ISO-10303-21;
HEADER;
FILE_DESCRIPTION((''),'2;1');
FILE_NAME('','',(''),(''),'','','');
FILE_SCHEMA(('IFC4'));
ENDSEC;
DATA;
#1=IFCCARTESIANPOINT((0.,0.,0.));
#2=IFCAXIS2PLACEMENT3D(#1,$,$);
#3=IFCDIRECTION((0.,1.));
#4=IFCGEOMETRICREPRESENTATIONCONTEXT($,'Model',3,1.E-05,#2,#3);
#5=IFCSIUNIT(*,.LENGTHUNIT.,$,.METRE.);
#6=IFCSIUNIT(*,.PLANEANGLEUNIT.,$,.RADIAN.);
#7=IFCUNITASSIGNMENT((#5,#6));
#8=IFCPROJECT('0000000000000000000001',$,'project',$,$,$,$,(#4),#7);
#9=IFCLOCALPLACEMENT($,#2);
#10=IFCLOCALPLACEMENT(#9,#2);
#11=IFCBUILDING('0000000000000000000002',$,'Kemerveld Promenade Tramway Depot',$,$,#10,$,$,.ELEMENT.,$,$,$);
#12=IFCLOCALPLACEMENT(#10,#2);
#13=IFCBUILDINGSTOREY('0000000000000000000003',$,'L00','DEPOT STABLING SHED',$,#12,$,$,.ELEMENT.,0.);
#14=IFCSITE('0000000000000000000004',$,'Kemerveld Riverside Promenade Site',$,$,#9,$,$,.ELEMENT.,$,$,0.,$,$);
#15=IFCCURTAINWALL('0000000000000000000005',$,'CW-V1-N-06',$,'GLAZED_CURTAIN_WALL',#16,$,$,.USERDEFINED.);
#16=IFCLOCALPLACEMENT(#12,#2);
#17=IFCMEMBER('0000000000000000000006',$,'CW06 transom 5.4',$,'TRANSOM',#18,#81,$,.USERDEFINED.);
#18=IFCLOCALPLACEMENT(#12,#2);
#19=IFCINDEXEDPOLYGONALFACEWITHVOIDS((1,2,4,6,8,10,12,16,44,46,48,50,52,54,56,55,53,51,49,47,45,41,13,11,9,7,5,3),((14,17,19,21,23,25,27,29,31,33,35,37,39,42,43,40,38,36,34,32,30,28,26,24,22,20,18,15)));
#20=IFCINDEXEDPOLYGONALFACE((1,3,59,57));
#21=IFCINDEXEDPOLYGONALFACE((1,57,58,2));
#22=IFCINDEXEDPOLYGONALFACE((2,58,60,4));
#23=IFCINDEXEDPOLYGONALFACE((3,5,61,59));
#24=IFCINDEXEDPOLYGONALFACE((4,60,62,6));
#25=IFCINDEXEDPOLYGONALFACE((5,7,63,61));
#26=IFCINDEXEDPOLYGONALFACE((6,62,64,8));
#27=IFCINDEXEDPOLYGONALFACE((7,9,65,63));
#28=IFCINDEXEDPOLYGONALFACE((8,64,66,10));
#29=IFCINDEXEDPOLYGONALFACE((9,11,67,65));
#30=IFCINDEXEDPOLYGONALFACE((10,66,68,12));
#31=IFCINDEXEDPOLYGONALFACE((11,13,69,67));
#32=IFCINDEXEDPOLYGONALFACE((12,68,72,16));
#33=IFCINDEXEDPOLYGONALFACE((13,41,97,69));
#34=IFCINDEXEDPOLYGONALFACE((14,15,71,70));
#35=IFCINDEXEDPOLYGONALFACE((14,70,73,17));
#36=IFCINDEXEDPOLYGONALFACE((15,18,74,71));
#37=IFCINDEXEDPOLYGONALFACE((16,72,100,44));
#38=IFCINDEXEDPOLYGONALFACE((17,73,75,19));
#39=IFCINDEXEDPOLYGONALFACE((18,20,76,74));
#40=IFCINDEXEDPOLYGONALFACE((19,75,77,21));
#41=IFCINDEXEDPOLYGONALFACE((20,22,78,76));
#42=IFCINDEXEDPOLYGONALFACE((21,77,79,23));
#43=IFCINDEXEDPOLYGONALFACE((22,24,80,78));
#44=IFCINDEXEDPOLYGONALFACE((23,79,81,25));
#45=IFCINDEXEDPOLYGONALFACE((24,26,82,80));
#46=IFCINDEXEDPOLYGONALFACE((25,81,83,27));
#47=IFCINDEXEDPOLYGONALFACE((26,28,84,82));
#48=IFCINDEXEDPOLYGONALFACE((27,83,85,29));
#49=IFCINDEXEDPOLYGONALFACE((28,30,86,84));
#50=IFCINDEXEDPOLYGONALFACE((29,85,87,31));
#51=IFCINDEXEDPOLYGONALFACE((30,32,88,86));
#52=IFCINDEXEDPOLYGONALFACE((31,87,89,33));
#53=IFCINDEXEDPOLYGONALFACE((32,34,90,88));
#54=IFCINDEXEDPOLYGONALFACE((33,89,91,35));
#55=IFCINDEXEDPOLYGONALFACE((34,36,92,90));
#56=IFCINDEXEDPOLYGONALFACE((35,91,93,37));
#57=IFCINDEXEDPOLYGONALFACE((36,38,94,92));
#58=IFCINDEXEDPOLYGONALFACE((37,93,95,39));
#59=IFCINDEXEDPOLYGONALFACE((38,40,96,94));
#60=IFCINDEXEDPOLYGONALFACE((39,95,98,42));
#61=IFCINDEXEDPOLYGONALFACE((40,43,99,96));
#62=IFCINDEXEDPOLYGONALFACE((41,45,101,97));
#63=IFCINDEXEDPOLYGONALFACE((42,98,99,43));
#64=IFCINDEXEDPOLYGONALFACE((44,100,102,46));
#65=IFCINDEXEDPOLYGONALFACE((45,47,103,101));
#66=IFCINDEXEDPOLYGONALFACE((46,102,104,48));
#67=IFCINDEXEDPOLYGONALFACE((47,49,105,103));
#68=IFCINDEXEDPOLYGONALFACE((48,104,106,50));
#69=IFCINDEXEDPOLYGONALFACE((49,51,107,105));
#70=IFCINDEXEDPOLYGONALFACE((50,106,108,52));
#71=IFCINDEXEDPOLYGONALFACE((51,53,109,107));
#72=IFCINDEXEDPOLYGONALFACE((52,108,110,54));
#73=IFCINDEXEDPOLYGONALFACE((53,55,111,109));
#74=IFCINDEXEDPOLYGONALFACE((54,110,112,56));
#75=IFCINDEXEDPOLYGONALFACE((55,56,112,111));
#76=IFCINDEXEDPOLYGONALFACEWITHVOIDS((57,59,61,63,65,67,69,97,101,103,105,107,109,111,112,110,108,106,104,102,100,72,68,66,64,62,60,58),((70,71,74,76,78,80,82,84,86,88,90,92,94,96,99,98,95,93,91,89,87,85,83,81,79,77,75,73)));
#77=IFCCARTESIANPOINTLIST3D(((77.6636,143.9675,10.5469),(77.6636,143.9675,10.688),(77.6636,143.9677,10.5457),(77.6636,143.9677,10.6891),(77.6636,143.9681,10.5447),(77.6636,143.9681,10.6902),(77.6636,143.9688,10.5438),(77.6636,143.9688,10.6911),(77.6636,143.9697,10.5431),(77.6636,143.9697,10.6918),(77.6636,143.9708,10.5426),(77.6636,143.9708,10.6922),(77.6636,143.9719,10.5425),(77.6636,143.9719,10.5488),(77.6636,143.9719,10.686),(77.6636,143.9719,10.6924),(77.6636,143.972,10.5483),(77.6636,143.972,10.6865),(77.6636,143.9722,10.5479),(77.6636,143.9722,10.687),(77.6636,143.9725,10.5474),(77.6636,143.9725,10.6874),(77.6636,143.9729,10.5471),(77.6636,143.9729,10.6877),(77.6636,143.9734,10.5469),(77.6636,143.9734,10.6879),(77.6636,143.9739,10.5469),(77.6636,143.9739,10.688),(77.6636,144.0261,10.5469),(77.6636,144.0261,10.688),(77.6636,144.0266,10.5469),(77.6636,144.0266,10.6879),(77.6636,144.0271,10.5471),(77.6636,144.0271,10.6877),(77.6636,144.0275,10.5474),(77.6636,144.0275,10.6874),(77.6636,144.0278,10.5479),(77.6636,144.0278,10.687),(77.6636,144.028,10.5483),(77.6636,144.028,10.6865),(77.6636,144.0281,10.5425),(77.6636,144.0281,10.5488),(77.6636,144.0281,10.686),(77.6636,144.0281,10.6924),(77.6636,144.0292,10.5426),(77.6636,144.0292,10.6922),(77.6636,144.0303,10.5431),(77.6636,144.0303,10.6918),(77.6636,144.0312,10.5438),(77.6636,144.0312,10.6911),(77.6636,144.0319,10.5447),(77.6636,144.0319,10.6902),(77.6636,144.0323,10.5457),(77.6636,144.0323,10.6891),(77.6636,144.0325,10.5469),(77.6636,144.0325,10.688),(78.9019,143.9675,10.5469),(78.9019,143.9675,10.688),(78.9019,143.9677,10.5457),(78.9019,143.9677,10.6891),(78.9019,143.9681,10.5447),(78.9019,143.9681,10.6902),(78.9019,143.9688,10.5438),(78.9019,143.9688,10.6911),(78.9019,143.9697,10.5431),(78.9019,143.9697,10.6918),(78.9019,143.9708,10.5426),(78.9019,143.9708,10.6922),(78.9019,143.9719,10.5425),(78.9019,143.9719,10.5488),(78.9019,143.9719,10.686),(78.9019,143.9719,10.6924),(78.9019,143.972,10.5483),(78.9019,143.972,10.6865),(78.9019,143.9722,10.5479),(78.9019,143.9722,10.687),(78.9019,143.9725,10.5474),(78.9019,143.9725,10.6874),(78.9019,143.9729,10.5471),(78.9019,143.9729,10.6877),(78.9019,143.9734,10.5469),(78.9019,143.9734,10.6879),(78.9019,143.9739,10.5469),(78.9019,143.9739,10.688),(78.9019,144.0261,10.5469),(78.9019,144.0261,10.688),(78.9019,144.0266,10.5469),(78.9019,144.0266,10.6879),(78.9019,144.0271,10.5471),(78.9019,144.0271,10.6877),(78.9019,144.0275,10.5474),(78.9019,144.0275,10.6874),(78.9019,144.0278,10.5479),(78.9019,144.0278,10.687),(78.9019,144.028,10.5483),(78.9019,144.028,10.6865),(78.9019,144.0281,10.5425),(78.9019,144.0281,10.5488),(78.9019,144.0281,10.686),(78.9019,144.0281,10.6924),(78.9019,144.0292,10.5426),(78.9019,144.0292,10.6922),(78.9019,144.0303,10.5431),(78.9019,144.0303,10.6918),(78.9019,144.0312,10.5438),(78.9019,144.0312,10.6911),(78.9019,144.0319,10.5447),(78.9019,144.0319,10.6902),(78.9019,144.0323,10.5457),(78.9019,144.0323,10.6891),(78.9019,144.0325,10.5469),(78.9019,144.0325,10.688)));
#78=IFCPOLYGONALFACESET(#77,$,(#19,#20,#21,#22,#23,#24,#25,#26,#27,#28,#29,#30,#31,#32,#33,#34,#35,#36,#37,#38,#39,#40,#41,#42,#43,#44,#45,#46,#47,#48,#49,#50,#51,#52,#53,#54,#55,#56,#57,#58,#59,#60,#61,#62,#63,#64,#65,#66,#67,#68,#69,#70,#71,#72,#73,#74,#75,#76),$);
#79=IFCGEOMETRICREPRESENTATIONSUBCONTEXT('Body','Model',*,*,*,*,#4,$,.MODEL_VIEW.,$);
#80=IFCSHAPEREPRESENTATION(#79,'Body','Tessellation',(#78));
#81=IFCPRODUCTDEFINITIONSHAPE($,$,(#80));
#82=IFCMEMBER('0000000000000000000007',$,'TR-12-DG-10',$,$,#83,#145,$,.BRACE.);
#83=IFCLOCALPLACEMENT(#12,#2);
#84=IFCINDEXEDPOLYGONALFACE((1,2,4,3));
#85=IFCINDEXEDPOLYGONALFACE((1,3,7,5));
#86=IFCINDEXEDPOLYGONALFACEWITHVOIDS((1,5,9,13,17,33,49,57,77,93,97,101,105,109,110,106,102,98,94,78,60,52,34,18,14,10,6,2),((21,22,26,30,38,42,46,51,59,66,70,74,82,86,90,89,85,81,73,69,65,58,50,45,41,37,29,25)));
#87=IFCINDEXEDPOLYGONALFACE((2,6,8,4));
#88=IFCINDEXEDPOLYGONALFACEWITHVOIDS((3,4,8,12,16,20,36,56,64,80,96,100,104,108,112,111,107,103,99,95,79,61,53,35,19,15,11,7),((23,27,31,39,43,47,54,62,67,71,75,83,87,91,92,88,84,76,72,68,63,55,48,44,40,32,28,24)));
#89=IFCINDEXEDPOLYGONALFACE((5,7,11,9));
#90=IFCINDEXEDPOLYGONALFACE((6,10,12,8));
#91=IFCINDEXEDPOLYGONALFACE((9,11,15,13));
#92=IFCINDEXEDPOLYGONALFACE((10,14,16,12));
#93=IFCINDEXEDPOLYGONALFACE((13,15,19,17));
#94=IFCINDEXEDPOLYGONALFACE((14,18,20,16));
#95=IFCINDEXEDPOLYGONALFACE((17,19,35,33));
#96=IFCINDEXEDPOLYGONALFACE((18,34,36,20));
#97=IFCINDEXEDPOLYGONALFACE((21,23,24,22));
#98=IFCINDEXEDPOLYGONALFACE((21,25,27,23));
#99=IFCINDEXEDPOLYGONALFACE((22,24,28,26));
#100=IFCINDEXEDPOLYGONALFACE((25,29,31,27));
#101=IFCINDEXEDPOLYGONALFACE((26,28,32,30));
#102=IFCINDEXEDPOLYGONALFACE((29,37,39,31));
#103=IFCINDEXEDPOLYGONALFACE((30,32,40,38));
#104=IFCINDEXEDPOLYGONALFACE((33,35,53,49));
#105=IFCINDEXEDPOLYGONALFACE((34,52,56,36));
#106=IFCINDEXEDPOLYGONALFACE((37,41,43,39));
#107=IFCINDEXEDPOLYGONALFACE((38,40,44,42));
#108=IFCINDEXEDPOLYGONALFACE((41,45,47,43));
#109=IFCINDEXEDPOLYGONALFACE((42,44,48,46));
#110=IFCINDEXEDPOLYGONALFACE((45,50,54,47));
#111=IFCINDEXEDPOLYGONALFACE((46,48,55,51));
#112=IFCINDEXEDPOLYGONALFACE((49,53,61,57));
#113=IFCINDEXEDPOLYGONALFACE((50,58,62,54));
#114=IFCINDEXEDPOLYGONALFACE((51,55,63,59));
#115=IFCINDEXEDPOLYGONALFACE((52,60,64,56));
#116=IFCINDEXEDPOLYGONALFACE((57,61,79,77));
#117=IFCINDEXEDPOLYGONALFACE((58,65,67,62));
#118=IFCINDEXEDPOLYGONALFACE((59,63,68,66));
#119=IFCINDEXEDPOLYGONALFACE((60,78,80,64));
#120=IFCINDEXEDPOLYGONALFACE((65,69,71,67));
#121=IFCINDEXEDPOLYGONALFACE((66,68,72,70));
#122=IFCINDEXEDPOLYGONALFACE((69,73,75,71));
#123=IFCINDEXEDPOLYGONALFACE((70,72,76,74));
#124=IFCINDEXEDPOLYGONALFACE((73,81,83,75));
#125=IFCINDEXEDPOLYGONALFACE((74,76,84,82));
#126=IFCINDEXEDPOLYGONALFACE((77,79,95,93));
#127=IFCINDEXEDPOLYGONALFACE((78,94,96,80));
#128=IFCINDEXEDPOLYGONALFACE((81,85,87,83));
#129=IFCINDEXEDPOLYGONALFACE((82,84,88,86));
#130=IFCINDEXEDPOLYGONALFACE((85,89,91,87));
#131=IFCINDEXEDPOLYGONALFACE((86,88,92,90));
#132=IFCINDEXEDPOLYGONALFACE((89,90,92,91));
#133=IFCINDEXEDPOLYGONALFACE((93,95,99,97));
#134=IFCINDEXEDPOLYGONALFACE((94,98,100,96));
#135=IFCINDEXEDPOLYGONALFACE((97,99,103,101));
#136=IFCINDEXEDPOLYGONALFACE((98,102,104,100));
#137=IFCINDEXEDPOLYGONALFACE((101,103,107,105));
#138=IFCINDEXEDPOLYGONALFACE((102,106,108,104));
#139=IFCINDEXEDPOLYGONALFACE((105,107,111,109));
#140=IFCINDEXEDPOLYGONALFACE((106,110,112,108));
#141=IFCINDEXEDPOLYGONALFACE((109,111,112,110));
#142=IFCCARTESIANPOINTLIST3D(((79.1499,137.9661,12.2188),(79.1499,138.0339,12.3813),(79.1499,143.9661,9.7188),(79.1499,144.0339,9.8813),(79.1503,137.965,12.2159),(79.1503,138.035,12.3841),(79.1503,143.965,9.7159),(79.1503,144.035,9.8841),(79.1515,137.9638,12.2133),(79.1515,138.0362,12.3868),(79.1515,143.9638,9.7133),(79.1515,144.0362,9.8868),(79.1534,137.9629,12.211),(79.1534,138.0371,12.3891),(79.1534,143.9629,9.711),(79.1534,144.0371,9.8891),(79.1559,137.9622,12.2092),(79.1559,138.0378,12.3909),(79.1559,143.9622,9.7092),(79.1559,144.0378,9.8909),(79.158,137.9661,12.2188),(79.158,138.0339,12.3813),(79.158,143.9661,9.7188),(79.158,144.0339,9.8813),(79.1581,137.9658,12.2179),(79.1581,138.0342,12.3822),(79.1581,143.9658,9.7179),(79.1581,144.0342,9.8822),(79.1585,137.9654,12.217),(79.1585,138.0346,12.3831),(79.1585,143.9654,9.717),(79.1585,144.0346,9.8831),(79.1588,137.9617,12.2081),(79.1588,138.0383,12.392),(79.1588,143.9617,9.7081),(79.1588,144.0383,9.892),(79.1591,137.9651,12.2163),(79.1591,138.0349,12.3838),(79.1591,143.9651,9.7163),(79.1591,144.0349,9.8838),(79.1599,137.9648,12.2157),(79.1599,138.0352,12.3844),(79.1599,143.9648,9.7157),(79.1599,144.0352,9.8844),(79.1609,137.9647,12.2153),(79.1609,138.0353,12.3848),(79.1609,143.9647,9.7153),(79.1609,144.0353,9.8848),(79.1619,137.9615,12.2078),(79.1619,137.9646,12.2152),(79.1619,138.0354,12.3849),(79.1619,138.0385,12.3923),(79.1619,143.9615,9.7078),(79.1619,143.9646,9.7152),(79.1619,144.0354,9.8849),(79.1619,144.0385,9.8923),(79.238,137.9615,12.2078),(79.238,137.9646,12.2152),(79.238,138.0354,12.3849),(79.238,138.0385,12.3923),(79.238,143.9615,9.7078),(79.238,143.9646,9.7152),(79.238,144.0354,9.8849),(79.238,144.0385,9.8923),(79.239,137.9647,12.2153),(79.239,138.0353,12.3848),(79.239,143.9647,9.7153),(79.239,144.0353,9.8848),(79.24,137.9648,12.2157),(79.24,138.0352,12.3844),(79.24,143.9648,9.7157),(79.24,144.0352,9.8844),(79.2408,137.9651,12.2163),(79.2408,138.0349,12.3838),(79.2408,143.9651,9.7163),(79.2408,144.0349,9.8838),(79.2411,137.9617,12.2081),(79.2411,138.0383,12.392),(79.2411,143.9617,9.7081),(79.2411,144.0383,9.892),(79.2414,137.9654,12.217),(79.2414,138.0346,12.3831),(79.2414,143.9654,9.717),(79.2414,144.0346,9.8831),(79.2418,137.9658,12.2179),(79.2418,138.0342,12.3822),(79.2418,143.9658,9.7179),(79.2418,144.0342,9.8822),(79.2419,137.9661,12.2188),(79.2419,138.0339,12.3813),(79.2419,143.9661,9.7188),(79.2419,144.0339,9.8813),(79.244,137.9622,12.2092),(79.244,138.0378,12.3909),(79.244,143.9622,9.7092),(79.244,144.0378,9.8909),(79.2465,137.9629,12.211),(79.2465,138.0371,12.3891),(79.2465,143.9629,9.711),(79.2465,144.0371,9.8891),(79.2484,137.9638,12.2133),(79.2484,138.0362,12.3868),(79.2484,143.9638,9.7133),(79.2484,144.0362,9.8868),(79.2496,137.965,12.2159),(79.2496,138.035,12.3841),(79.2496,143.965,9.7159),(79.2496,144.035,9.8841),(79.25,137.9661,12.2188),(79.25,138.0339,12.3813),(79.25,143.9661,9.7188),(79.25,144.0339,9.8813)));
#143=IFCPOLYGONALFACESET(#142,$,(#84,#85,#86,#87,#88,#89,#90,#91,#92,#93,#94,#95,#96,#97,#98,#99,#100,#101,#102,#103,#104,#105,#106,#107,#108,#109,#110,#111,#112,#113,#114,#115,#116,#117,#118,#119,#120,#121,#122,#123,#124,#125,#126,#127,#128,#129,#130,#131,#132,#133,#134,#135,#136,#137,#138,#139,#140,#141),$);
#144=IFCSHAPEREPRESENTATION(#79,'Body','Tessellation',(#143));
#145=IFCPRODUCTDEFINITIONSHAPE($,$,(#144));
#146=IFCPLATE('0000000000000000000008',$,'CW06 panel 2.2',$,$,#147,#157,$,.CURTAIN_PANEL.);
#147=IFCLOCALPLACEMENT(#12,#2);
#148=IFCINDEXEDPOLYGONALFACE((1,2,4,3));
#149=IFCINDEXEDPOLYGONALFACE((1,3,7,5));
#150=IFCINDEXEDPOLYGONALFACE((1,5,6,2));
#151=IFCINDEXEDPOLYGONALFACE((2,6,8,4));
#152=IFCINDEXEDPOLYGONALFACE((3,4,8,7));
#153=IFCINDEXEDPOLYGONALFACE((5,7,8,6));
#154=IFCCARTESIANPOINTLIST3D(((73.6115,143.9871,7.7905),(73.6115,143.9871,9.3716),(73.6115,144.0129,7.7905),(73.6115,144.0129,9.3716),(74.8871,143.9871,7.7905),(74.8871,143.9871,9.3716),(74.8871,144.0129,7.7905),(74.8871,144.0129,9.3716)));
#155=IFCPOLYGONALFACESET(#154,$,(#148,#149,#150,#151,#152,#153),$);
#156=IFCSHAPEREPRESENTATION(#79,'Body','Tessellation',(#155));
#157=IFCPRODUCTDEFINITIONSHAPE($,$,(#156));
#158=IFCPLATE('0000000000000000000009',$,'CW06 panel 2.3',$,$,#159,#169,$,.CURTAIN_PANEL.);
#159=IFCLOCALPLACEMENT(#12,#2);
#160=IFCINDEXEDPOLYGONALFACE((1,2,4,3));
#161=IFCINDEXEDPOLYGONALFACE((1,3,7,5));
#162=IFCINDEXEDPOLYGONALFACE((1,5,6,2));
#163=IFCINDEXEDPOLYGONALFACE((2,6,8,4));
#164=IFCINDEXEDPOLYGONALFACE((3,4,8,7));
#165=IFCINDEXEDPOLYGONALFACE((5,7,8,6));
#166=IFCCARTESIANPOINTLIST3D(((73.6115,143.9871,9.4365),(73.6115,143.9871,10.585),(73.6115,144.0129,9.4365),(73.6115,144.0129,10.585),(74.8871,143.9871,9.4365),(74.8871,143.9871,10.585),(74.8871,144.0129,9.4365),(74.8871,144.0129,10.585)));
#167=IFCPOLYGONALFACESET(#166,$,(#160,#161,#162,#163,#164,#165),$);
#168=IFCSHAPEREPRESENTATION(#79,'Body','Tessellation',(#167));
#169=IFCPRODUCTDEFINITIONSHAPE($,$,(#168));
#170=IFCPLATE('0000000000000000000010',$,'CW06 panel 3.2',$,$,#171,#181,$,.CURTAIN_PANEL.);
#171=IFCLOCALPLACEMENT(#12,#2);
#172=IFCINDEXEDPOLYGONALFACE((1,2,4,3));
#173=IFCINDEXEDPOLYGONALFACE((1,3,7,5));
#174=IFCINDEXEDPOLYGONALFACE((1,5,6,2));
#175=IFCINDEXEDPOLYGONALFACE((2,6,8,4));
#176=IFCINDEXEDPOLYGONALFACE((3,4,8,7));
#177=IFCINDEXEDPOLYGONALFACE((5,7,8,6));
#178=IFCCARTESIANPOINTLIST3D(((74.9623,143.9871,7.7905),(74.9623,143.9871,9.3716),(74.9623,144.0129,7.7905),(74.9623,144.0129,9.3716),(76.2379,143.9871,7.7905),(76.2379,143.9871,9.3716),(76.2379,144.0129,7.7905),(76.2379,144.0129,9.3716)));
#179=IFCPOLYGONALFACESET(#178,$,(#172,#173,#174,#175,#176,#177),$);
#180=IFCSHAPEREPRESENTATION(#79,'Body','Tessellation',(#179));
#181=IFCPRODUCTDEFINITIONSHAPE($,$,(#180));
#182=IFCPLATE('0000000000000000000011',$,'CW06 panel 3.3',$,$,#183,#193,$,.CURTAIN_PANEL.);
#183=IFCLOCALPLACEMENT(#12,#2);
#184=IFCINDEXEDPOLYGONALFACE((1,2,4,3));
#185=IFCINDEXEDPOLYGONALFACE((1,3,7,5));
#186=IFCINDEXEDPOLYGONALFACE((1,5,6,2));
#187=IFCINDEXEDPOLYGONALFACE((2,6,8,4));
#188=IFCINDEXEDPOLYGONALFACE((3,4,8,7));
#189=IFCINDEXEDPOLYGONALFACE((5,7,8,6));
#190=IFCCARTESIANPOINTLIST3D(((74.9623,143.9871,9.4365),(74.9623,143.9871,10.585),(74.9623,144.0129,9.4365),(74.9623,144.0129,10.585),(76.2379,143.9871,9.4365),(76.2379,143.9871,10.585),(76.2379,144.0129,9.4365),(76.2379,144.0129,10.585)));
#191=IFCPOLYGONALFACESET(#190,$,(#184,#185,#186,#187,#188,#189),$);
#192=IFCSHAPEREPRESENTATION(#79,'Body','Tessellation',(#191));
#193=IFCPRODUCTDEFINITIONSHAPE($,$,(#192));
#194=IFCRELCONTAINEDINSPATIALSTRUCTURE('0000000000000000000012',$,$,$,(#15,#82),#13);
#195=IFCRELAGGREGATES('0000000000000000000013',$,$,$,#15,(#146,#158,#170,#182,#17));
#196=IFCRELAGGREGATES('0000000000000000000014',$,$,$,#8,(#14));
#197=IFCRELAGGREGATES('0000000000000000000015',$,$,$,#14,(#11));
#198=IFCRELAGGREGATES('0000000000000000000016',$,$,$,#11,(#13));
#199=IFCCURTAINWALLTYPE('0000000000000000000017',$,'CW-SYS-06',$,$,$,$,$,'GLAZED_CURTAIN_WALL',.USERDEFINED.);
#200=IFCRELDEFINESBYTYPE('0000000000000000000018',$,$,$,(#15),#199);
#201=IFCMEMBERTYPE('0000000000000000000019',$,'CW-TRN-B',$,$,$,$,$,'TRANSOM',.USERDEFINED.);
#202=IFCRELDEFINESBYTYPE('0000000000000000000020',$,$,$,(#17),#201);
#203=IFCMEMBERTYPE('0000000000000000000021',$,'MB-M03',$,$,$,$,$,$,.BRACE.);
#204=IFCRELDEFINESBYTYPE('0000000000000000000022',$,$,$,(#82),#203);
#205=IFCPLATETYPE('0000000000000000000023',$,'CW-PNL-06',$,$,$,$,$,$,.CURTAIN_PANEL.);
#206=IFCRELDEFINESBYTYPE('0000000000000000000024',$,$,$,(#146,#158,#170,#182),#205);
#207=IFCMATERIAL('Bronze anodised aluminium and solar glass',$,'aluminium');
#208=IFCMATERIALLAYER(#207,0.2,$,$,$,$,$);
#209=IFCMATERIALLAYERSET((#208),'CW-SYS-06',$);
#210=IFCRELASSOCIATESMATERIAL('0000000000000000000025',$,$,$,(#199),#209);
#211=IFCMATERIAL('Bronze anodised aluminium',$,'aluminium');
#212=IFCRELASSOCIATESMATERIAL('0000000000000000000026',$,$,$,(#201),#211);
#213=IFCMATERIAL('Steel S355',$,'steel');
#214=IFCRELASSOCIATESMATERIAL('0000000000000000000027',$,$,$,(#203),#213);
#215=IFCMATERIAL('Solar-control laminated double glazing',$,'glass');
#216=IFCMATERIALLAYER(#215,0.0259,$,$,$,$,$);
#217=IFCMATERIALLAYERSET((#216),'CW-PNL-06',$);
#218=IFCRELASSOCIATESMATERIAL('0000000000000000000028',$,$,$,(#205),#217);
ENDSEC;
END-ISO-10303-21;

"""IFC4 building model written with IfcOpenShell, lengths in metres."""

from ifc_helpers import new_model, si_unit, direction, frame, origin, origin_2d, place, context, subcontext, project, spatial, rectangle, hollow_rectangle, extrude, material, layer, layer_set, material_profile, profile_set, type_object, element, aggregate, save


model = new_model("IFC4")

# Units and contexts
model_context = context("Model", 3, precision=1e-05, world=origin(), true_north=direction((0.0, 1.0)))
body_context = subcontext(model_context, "Body", "Model", "MODEL_VIEW")
ifc_project = project(units=[si_unit("LENGTHUNIT", "METRE"), si_unit("PLANEANGLEUNIT", "RADIAN")], contexts=[model_context])

# Site, building, storey
site_placement = place(None, origin())
site = spatial("IfcSite", under=ifc_project, at=site_placement, Name="Kemerveld Riverside Promenade Site", CompositionType="ELEMENT", RefElevation=0.0)
building_placement = place(site_placement, origin())
building = spatial("IfcBuilding", under=site, at=building_placement, Name="Kemerveld Promenade Tramway Depot", CompositionType="ELEMENT")
storey_placement = place(building_placement, origin())
storey = spatial("IfcBuildingStorey", under=building, at=storey_placement, Name="L00", Description="DEPOT STABLING SHED", CompositionType="ELEMENT", Elevation=0.0)

# Shared definitions
ifc_material_1 = material(Name="Steel S355", Category="steel")

# Curtain wall, member
ifc_material_2 = material(Name="Bronze anodised aluminium and solar glass", Category="aluminium")
ifc_material_3 = material(Name="Bronze anodised aluminium", Category="aluminium")
ifc_layer_1 = layer(ifc_material_2, 0.2)
ifc_layer_set_1 = layer_set([ifc_layer_1], Name="CW-SYS-06")
curtain_wall_type_1 = type_object("IfcCurtainWallType", Name="CW-SYS-06", ElementType="GLAZED_CURTAIN_WALL", PredefinedType="USERDEFINED", material=ifc_layer_set_1)
curtain_wall_1_placement = place(storey_placement, origin())
curtain_wall_1 = element("IfcCurtainWall", 1, at=curtain_wall_1_placement, inside=storey, type_object=curtain_wall_type_1, Name="CW-V1-N-06", ObjectType="GLAZED_CURTAIN_WALL", PredefinedType="USERDEFINED")
ifc_material_profile_1 = material_profile(ifc_material_3, hollow_rectangle(XDim=0.0649, YDim=0.1499, WallThickness=0.0044, InnerFilletRadius=0.002, OuterFilletRadius=0.0044, at=origin_2d()), Name="CW-TRN-150x65")
ifc_profile_set_1 = profile_set([ifc_material_profile_1], Name="Bronze anodised aluminium")
member_type_1 = type_object("IfcMemberType", Name="CW-TRN-B", ElementType="TRANSOM", PredefinedType="USERDEFINED", material=ifc_profile_set_1)
member_1_placement = place(storey_placement, frame((77.6636, 144.0, 10.6174), z_axis=(1.0, 0.0, 0.0), x_axis=(0.0, 1.0, 0.0)))
member_1 = element("IfcMember", 2, at=member_1_placement, type_object=member_type_1, Name="CW06 transom 5.4", ObjectType="TRANSOM", PredefinedType="USERDEFINED", context=body_context, shape_type="SweptSolid", body=[
    extrude(hollow_rectangle(XDim=0.0649, YDim=0.1499, WallThickness=0.0044, InnerFilletRadius=0.002, OuterFilletRadius=0.0044, at=origin_2d()), origin(), (0.0, 0.0, 1.0), 1.2383),
])

# Member
ifc_material_profile_2 = material_profile(ifc_material_1, hollow_rectangle(XDim=0.1001, YDim=0.2, WallThickness=0.0081, InnerFilletRadius=0.0039, OuterFilletRadius=0.012, at=origin_2d()), Name="200x100x8.0 RHS")
ifc_profile_set_2 = profile_set([ifc_material_profile_2], Name="Steel S355")
member_type_2 = type_object("IfcMemberType", Name="MB-M03", PredefinedType="BRACE", material=ifc_profile_set_2)
member_2_placement = place(storey_placement, frame((79.2, 144.0, 9.8), z_axis=(0.0, -0.923077, 0.384615), x_axis=(1.0, 0.0, 0.0)))
element("IfcMember", 3, at=member_2_placement, inside=storey, type_object=member_type_2, Name="TR-12-DG-10", PredefinedType="BRACE", context=body_context, shape_type="SweptSolid", body=[
    extrude(hollow_rectangle(XDim=0.1001, YDim=0.2, WallThickness=0.0081, InnerFilletRadius=0.0039, OuterFilletRadius=0.012, at=origin_2d()), origin(), (0.0, 0.0, 1.0), 6.5),
])

# Plates
ifc_material_4 = material(Name="Solar-control laminated double glazing", Category="glass")
ifc_layer_2 = layer(ifc_material_4, 0.0259)
ifc_layer_set_2 = layer_set([ifc_layer_2], Name="CW-PNL-06")
plate_type_1 = type_object("IfcPlateType", Name="CW-PNL-06", PredefinedType="CURTAIN_PANEL", material=ifc_layer_set_2)
plate_1_placement = place(storey_placement, frame((74.2493, 144.0, 7.7905), z_axis=(0.0, 0.0, 1.0), x_axis=(1.0, 0.0, 0.0)))
plate_1 = element("IfcPlate", 4, at=plate_1_placement, type_object=plate_type_1, Name="CW06 panel 2.2", PredefinedType="CURTAIN_PANEL", context=body_context, shape_type="SweptSolid", body=[
    extrude(rectangle(XDim=1.2756, YDim=0.0259, at=origin_2d()), origin(), (0.0, 0.0, 1.0), 1.5811),
])
plate_2_placement = place(storey_placement, frame((74.2493, 144.0, 9.4365), z_axis=(0.0, 0.0, 1.0), x_axis=(1.0, 0.0, 0.0)))
plate_2 = element("IfcPlate", 5, at=plate_2_placement, type_object=plate_type_1, Name="CW06 panel 2.3", PredefinedType="CURTAIN_PANEL", context=body_context, shape_type="SweptSolid", body=[
    extrude(rectangle(XDim=1.2756, YDim=0.0259, at=origin_2d()), origin(), (0.0, 0.0, 1.0), 1.1484),
])
plate_3_placement = place(storey_placement, frame((75.6001, 144.0, 7.7905), z_axis=(0.0, 0.0, 1.0), x_axis=(1.0, 0.0, 0.0)))
plate_3 = element("IfcPlate", 6, at=plate_3_placement, type_object=plate_type_1, Name="CW06 panel 3.2", PredefinedType="CURTAIN_PANEL", context=body_context, shape_type="SweptSolid", body=[
    extrude(rectangle(XDim=1.2756, YDim=0.0259, at=origin_2d()), origin(), (0.0, 0.0, 1.0), 1.5811),
])
plate_4_placement = place(storey_placement, frame((75.6001, 144.0, 9.4365), z_axis=(0.0, 0.0, 1.0), x_axis=(1.0, 0.0, 0.0)))
plate_4 = element("IfcPlate", 7, at=plate_4_placement, type_object=plate_type_1, Name="CW06 panel 3.3", PredefinedType="CURTAIN_PANEL", context=body_context, shape_type="SweptSolid", body=[
    extrude(rectangle(XDim=1.2756, YDim=0.0259, at=origin_2d()), origin(), (0.0, 0.0, 1.0), 1.1484),
])
aggregate(curtain_wall_1, [plate_1, plate_2, plate_3, plate_4, member_1])

save(model, "model.ifc")
